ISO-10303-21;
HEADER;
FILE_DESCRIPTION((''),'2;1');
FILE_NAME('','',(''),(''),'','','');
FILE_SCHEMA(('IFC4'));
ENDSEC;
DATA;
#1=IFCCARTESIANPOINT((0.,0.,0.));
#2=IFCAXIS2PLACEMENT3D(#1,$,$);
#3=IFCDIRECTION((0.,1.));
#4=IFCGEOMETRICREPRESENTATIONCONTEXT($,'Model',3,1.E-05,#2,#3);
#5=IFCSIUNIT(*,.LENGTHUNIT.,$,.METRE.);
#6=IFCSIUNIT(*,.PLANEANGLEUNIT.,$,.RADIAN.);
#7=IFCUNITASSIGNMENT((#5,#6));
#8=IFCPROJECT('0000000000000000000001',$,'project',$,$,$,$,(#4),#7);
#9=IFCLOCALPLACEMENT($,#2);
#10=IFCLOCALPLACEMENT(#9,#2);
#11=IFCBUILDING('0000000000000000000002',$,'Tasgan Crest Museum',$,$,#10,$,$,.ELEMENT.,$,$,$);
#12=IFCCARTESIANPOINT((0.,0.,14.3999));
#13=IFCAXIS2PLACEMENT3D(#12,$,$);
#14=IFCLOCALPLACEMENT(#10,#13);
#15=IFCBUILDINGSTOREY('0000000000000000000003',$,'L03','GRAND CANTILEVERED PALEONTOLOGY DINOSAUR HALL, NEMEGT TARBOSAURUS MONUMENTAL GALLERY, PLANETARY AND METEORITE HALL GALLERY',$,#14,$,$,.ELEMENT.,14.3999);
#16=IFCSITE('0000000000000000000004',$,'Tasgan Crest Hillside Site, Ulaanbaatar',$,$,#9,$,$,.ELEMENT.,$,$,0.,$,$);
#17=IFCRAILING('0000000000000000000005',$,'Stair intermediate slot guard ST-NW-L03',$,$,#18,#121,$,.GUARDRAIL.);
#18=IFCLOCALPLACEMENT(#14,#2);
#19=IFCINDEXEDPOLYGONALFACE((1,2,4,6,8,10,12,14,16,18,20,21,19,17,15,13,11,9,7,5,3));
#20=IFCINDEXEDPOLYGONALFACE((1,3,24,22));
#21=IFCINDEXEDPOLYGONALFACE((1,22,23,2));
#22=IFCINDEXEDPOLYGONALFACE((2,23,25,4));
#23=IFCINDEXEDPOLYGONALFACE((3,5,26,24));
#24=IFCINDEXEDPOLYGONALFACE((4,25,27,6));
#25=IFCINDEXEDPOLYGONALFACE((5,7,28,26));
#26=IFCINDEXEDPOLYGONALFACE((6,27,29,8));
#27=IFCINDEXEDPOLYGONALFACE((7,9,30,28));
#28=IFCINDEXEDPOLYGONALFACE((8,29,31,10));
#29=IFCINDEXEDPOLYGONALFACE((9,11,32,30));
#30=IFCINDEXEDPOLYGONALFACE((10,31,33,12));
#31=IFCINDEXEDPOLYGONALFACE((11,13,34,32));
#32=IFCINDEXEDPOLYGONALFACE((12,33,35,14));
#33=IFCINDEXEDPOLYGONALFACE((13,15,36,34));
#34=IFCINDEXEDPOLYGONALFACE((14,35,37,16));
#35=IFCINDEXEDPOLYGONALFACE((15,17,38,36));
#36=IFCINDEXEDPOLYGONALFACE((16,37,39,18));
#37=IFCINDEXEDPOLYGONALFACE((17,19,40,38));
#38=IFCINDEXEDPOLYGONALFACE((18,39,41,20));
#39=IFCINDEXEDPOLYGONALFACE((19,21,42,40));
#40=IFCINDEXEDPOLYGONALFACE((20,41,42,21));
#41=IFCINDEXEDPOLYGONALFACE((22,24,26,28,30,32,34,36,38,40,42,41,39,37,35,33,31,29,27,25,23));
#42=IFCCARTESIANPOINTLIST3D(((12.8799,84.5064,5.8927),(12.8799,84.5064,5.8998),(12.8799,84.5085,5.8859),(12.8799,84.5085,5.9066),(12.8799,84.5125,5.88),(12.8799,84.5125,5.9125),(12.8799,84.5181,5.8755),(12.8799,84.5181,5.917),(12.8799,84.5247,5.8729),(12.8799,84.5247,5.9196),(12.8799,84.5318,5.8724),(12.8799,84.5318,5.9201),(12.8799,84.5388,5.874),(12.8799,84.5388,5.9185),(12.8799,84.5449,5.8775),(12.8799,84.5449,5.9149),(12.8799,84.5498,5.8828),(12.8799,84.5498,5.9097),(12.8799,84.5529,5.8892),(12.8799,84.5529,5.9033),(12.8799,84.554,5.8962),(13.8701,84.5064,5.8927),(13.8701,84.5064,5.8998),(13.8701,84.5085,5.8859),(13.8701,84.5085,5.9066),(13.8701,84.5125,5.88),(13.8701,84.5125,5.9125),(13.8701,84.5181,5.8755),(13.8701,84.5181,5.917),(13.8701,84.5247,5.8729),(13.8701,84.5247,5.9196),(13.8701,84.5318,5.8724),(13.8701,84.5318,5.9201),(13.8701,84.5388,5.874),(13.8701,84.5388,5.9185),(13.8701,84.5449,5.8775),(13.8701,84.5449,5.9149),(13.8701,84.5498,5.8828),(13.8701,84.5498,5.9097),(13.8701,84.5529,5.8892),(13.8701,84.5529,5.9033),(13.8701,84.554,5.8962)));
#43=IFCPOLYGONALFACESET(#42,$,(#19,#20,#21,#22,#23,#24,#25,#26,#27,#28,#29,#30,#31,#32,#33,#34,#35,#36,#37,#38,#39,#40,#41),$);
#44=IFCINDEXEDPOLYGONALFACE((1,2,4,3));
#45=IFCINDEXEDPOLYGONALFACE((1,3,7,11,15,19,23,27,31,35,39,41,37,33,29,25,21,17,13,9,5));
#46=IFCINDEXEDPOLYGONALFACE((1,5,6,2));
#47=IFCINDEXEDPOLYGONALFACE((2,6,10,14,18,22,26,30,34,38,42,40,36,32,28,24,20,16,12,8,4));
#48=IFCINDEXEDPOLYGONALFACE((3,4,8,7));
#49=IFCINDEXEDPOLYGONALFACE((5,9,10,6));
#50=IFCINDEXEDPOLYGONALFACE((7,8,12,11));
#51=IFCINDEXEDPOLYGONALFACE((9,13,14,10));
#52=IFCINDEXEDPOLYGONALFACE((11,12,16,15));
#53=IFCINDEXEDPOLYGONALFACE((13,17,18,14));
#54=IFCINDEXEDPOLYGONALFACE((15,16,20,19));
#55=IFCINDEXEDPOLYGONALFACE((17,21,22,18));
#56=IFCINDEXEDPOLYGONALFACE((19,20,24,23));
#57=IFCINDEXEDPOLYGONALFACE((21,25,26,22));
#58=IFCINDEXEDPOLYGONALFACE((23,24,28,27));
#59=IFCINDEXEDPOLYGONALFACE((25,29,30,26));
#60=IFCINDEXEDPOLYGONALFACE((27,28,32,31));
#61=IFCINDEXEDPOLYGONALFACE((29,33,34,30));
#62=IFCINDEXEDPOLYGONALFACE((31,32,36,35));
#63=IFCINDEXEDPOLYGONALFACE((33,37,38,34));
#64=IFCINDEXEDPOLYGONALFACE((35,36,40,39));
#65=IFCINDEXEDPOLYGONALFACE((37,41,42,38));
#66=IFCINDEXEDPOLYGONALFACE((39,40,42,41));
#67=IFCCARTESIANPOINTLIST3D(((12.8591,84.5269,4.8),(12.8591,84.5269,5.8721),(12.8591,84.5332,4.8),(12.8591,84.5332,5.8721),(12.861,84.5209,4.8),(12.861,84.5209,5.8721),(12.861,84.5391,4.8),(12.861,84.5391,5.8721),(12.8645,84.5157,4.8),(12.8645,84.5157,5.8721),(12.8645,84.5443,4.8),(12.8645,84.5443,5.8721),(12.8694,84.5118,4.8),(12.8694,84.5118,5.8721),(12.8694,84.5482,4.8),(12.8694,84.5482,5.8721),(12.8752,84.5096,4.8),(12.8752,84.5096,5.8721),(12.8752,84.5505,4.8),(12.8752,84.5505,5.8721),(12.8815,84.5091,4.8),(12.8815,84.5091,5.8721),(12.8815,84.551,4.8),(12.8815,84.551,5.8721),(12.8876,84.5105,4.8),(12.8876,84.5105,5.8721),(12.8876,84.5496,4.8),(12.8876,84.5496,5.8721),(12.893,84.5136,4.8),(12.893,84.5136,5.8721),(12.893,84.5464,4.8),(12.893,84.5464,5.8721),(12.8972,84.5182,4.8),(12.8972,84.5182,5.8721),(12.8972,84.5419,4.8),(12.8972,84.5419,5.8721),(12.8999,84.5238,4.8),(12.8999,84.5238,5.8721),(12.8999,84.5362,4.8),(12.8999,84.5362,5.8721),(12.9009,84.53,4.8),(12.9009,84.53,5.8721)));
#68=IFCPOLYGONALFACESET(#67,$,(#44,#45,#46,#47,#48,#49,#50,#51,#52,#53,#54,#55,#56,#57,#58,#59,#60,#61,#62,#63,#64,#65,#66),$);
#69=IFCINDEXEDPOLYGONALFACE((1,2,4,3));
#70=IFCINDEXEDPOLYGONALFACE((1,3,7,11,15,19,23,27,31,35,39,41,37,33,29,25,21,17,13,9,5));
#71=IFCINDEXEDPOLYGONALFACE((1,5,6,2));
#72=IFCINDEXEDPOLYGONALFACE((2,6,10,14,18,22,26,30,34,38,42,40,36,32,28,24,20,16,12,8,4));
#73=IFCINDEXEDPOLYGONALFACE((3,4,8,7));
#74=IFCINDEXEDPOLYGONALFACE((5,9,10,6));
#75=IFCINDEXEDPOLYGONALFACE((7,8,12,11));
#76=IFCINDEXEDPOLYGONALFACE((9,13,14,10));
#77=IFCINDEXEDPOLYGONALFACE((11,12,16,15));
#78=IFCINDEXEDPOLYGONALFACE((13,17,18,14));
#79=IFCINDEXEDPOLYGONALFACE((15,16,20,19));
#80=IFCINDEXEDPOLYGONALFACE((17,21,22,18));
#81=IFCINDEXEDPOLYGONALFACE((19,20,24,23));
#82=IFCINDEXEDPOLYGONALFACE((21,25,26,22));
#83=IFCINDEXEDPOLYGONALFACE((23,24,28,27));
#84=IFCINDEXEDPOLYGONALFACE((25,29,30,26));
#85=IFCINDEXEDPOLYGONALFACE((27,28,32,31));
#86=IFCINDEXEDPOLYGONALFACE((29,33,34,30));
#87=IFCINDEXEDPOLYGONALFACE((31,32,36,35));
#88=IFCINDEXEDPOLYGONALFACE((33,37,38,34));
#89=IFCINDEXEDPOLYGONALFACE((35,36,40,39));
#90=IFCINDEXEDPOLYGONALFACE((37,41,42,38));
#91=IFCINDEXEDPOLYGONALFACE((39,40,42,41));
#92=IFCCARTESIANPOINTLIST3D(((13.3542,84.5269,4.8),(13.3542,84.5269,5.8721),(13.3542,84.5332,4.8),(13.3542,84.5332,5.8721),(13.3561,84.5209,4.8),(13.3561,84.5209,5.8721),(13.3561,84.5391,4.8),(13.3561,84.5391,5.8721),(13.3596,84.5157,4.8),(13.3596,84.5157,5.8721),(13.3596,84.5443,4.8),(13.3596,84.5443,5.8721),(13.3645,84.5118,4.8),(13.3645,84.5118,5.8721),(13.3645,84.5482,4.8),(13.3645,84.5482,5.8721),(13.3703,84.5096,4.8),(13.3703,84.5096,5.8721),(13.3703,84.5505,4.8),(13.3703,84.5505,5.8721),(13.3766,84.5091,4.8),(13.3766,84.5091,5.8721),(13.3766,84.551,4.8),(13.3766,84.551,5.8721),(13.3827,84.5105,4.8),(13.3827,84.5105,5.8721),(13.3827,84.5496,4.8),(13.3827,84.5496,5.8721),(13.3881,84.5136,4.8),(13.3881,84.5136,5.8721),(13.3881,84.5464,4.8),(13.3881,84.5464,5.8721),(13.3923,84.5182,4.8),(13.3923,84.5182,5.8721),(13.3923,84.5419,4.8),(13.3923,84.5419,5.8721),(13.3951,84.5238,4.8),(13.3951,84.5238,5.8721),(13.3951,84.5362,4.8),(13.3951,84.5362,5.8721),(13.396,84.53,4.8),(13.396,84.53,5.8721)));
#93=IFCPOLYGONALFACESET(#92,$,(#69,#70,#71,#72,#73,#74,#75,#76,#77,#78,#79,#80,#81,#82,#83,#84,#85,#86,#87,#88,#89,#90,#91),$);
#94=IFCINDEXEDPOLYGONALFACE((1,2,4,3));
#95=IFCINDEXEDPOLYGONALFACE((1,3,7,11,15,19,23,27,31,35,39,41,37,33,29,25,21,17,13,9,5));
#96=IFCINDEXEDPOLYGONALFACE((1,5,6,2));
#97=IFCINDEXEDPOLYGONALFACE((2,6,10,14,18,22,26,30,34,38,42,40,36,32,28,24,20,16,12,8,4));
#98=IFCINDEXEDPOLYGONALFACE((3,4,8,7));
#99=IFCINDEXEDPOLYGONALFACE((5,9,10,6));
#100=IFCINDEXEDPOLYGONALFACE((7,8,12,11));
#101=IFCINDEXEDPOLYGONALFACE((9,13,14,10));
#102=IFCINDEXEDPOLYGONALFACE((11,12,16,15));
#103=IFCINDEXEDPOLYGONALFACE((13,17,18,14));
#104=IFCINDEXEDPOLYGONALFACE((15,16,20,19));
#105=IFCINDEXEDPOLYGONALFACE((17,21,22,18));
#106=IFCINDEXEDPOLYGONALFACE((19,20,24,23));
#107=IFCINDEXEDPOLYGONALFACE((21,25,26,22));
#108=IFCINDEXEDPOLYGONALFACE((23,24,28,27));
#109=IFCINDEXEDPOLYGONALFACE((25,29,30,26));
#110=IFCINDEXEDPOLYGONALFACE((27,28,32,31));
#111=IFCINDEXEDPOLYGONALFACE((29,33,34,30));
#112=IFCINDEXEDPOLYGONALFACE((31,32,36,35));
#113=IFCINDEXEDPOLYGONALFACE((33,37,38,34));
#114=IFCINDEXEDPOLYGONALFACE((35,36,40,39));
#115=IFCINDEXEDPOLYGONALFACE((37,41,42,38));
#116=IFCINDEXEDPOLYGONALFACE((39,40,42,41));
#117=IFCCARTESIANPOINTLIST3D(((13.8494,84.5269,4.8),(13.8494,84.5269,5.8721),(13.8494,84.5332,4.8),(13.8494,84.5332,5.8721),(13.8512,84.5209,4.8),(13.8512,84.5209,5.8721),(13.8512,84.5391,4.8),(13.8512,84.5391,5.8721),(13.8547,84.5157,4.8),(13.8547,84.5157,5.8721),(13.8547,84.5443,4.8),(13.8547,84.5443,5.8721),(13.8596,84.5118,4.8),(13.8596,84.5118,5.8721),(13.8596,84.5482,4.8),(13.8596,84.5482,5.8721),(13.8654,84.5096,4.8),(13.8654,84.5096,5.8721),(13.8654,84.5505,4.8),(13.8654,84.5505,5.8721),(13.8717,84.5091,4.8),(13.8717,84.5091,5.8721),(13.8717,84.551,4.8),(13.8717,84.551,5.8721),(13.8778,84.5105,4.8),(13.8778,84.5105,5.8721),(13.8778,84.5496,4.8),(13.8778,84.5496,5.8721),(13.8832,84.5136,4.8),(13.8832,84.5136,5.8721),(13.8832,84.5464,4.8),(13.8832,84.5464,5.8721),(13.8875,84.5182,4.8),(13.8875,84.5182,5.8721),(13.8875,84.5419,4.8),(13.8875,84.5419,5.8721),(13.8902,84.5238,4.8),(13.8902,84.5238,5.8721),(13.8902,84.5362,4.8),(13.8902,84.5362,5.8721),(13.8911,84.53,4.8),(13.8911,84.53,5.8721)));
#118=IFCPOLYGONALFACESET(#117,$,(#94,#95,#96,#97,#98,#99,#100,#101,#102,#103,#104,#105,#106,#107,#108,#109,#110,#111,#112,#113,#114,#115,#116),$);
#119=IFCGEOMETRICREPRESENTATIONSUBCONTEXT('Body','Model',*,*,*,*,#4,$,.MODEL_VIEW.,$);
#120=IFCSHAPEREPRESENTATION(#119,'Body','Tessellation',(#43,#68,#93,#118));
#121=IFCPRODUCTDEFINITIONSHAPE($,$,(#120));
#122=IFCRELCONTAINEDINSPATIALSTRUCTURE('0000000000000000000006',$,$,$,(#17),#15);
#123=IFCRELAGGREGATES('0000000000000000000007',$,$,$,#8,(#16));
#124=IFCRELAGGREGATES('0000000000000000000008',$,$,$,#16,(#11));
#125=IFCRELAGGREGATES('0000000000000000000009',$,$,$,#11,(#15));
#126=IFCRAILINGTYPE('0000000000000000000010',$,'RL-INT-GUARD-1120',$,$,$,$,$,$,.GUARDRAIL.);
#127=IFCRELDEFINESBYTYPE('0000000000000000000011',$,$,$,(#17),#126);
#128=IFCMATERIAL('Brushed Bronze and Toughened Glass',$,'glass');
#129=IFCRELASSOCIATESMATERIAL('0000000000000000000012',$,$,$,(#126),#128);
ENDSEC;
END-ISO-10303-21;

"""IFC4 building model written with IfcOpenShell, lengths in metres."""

from ifc_helpers import new_model, si_unit, direction, frame, origin, origin_2d, place, context, subcontext, project, spatial, circle, extrude, material, type_object, element, save


model = new_model("IFC4")

# Units and contexts
model_context = context("Model", 3, precision=1e-05, world=origin(), true_north=direction((0.0, 1.0)))
body_context = subcontext(model_context, "Body", "Model", "MODEL_VIEW")
ifc_project = project(units=[si_unit("LENGTHUNIT", "METRE"), si_unit("PLANEANGLEUNIT", "RADIAN")], contexts=[model_context])

# Site, building, storey
site_placement = place(None, origin())
site = spatial("IfcSite", under=ifc_project, at=site_placement, Name="Tasgan Crest Hillside Site, Ulaanbaatar", CompositionType="ELEMENT", RefElevation=0.0)
building_placement = place(site_placement, origin())
building = spatial("IfcBuilding", under=site, at=building_placement, Name="Tasgan Crest Museum", CompositionType="ELEMENT")
storey_placement = place(building_placement, frame((0.0, 0.0, 14.3999)))
storey = spatial("IfcBuildingStorey", under=building, at=storey_placement, Name="L03", Description="GRAND CANTILEVERED PALEONTOLOGY DINOSAUR HALL, NEMEGT TARBOSAURUS MONUMENTAL GALLERY, PLANETARY AND METEORITE HALL GALLERY", CompositionType="ELEMENT", Elevation=14.3999)

# Railing
ifc_material_1 = material(Name="Brushed Bronze and Toughened Glass", Category="glass")
railing_type_1 = type_object("IfcRailingType", Name="RL-INT-GUARD-1120", PredefinedType="GUARDRAIL", material=ifc_material_1)
railing_1_placement = place(storey_placement, frame((12.8799, 84.53, 4.8)))
element("IfcRailing", 1, at=railing_1_placement, inside=storey, type_object=railing_type_1, Name="Stair intermediate slot guard ST-NW-L03", PredefinedType="GUARDRAIL", context=body_context, shape_type="SweptSolid", body=[
    extrude(circle(Radius=0.0239, at=origin_2d()), frame((0.0, 0.0, 1.0962), z_axis=(1.0, 0.0, 0.0), x_axis=(0.0, 1.0, 0.0)), (0.0, 0.0, 1.0), 0.9902),
    extrude(circle(Radius=0.021, at=origin_2d()), origin(), (0.0, 0.0, 1.0), 1.072),
    extrude(circle(Radius=0.021, at=origin_2d()), frame((0.4951, 0.0, 0.0)), (0.0, 0.0, 1.0), 1.072),
    extrude(circle(Radius=0.021, at=origin_2d()), frame((0.9902, 0.0, 0.0)), (0.0, 0.0, 1.0), 1.072),
])

save(model, "model.ifc")
